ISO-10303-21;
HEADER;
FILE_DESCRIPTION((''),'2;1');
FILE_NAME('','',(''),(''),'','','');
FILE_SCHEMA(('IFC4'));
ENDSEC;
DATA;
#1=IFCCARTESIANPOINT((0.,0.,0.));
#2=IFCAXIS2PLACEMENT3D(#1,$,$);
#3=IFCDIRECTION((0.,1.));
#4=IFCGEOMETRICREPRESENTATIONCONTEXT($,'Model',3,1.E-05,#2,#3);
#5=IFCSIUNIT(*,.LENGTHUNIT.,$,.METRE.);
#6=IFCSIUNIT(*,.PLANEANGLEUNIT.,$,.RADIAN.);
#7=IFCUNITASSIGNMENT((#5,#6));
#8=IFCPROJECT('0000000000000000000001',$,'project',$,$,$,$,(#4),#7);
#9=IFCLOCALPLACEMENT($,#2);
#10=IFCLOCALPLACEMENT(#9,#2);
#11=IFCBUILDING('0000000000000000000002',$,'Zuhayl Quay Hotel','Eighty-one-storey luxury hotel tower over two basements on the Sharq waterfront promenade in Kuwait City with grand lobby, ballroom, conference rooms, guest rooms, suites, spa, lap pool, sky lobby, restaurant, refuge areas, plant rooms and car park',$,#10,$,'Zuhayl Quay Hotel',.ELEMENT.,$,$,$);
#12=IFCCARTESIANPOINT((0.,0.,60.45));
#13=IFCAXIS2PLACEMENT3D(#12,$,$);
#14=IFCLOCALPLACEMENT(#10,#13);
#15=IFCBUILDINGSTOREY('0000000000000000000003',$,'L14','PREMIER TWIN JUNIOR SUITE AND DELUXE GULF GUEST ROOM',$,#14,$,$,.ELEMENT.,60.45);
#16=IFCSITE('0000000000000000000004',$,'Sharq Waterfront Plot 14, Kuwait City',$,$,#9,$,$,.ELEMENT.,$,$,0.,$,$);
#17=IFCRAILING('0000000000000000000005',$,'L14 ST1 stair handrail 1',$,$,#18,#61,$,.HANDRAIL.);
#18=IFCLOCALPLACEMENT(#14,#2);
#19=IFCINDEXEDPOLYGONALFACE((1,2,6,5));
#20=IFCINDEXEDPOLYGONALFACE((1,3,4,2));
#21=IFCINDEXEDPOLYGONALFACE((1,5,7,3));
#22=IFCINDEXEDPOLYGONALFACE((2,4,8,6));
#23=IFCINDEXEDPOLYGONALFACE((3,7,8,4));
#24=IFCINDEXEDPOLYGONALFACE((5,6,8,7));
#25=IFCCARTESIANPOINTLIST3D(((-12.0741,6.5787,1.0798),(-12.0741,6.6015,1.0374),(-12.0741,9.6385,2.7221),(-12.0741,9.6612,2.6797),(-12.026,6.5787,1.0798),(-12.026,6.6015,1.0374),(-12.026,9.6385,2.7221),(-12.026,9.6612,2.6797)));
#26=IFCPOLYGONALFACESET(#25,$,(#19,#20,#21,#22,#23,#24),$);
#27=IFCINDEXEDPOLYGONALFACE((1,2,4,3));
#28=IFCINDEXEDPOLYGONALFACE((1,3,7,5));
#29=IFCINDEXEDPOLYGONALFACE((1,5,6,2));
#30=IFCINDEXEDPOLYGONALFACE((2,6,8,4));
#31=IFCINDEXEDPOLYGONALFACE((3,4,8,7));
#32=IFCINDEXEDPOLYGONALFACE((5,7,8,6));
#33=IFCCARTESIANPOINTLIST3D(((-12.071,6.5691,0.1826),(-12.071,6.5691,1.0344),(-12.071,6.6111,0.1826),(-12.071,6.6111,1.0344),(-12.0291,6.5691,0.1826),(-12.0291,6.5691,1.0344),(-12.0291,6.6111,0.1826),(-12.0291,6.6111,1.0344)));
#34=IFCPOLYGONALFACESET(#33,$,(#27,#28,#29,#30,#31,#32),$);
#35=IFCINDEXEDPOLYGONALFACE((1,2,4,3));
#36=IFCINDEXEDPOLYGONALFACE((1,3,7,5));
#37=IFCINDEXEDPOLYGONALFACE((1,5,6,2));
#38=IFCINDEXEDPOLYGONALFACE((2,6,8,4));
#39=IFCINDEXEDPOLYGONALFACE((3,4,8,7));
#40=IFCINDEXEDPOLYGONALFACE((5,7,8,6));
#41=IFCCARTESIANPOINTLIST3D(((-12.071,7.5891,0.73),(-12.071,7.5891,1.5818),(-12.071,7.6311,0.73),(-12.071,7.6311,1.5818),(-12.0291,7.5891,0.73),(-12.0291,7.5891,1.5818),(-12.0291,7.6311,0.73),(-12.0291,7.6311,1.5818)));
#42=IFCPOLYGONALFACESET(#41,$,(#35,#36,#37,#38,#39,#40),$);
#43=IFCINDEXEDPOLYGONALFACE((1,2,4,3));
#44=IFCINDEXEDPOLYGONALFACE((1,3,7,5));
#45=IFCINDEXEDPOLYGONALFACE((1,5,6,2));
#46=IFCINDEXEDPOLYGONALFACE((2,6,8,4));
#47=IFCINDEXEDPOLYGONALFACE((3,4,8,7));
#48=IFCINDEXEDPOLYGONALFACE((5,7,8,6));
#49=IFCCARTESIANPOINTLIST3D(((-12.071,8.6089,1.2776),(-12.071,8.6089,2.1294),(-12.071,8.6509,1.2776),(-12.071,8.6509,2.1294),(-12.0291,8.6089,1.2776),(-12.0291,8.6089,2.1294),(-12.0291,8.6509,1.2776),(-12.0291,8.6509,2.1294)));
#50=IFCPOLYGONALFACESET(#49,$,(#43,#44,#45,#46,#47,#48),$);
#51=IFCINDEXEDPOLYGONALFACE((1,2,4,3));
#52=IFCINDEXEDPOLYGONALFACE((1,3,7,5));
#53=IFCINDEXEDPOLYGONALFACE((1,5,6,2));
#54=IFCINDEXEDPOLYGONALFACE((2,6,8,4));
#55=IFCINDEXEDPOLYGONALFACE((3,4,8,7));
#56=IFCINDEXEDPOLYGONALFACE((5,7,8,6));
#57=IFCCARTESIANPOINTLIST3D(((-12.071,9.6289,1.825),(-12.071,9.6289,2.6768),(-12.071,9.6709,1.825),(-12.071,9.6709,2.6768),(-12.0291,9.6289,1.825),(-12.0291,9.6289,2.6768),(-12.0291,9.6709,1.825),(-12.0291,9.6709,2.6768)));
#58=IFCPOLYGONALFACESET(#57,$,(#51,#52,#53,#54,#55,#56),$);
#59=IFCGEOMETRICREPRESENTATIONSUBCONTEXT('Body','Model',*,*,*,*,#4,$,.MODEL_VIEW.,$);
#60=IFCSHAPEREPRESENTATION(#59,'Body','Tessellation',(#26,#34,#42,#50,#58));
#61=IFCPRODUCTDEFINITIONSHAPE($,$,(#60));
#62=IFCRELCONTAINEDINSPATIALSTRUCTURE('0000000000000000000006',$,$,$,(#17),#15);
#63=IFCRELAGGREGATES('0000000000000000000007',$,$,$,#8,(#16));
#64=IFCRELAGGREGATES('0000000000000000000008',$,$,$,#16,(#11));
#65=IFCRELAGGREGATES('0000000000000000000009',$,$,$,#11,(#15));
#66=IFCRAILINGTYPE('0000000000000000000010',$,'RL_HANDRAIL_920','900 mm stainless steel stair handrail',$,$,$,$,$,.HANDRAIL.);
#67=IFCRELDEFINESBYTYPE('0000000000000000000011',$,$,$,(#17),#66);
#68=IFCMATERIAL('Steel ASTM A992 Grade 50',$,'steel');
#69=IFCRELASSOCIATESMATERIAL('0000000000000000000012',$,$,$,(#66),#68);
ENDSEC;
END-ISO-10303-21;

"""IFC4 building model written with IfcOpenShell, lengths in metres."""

from ifc_helpers import new_model, si_unit, direction, frame, origin, origin_2d, place, context, subcontext, project, spatial, rectangle, extrude, material, type_object, element, save


model = new_model("IFC4")

# Units and contexts
model_context = context("Model", 3, precision=1e-05, world=origin(), true_north=direction((0.0, 1.0)))
body_context = subcontext(model_context, "Body", "Model", "MODEL_VIEW")
ifc_project = project(units=[si_unit("LENGTHUNIT", "METRE"), si_unit("PLANEANGLEUNIT", "RADIAN")], contexts=[model_context])

# Site, building, storey
site_placement = place(None, origin())
site = spatial("IfcSite", under=ifc_project, at=site_placement, Name="Sharq Waterfront Plot 14, Kuwait City", CompositionType="ELEMENT", RefElevation=0.0)
building_placement = place(site_placement, origin())
building = spatial("IfcBuilding", under=site, at=building_placement, Name="Zuhayl Quay Hotel", Description="Eighty-one-storey luxury hotel tower over two basements on the Sharq waterfront promenade in Kuwait City with grand lobby, ballroom, conference rooms, guest rooms, suites, spa, lap pool, sky lobby, restaurant, refuge areas, plant rooms and car park", LongName="Zuhayl Quay Hotel", CompositionType="ELEMENT")
storey_placement = place(building_placement, frame((0.0, 0.0, 60.45)))
storey = spatial("IfcBuildingStorey", under=building, at=storey_placement, Name="L14", Description="PREMIER TWIN JUNIOR SUITE AND DELUXE GULF GUEST ROOM", CompositionType="ELEMENT", Elevation=60.45)

# Shared definitions
ifc_material_1 = material(Name="Steel ASTM A992 Grade 50", Category="steel")

# Railing
railing_type = type_object("IfcRailingType", Name="RL_HANDRAIL_920", Description="900 mm stainless steel stair handrail", PredefinedType="HANDRAIL", material=ifc_material_1)
railing_placement = place(storey_placement, frame((-12.05, 6.5901, 0.1826)))
element("IfcRailing", 1, at=railing_placement, inside=storey, type_object=railing_type, Name="L14 ST1 stair handrail 1", PredefinedType="HANDRAIL", context=body_context, shape_type="SweptSolid", body=[
    extrude(rectangle(XDim=0.0481, YDim=0.0481, at=origin_2d()), frame((0.0, 0.0, 0.876), z_axis=(0.0, 0.881102, 0.472926), x_axis=(-1.0, 0.0, 0.0)), (0.0, 0.0, 1.0), 3.4727),
    extrude(rectangle(XDim=0.042, YDim=0.042, at=origin_2d()), origin(), (0.0, 0.0, 1.0), 0.8518),
    extrude(rectangle(XDim=0.042, YDim=0.042, at=origin_2d()), frame((0.0, 1.02, 0.5474)), (0.0, 0.0, 1.0), 0.8518),
    extrude(rectangle(XDim=0.042, YDim=0.042, at=origin_2d()), frame((0.0, 2.0398, 1.095)), (0.0, 0.0, 1.0), 0.8518),
    extrude(rectangle(XDim=0.042, YDim=0.042, at=origin_2d()), frame((0.0, 3.0598, 1.6423)), (0.0, 0.0, 1.0), 0.8518),
])

save(model, "model.ifc")
